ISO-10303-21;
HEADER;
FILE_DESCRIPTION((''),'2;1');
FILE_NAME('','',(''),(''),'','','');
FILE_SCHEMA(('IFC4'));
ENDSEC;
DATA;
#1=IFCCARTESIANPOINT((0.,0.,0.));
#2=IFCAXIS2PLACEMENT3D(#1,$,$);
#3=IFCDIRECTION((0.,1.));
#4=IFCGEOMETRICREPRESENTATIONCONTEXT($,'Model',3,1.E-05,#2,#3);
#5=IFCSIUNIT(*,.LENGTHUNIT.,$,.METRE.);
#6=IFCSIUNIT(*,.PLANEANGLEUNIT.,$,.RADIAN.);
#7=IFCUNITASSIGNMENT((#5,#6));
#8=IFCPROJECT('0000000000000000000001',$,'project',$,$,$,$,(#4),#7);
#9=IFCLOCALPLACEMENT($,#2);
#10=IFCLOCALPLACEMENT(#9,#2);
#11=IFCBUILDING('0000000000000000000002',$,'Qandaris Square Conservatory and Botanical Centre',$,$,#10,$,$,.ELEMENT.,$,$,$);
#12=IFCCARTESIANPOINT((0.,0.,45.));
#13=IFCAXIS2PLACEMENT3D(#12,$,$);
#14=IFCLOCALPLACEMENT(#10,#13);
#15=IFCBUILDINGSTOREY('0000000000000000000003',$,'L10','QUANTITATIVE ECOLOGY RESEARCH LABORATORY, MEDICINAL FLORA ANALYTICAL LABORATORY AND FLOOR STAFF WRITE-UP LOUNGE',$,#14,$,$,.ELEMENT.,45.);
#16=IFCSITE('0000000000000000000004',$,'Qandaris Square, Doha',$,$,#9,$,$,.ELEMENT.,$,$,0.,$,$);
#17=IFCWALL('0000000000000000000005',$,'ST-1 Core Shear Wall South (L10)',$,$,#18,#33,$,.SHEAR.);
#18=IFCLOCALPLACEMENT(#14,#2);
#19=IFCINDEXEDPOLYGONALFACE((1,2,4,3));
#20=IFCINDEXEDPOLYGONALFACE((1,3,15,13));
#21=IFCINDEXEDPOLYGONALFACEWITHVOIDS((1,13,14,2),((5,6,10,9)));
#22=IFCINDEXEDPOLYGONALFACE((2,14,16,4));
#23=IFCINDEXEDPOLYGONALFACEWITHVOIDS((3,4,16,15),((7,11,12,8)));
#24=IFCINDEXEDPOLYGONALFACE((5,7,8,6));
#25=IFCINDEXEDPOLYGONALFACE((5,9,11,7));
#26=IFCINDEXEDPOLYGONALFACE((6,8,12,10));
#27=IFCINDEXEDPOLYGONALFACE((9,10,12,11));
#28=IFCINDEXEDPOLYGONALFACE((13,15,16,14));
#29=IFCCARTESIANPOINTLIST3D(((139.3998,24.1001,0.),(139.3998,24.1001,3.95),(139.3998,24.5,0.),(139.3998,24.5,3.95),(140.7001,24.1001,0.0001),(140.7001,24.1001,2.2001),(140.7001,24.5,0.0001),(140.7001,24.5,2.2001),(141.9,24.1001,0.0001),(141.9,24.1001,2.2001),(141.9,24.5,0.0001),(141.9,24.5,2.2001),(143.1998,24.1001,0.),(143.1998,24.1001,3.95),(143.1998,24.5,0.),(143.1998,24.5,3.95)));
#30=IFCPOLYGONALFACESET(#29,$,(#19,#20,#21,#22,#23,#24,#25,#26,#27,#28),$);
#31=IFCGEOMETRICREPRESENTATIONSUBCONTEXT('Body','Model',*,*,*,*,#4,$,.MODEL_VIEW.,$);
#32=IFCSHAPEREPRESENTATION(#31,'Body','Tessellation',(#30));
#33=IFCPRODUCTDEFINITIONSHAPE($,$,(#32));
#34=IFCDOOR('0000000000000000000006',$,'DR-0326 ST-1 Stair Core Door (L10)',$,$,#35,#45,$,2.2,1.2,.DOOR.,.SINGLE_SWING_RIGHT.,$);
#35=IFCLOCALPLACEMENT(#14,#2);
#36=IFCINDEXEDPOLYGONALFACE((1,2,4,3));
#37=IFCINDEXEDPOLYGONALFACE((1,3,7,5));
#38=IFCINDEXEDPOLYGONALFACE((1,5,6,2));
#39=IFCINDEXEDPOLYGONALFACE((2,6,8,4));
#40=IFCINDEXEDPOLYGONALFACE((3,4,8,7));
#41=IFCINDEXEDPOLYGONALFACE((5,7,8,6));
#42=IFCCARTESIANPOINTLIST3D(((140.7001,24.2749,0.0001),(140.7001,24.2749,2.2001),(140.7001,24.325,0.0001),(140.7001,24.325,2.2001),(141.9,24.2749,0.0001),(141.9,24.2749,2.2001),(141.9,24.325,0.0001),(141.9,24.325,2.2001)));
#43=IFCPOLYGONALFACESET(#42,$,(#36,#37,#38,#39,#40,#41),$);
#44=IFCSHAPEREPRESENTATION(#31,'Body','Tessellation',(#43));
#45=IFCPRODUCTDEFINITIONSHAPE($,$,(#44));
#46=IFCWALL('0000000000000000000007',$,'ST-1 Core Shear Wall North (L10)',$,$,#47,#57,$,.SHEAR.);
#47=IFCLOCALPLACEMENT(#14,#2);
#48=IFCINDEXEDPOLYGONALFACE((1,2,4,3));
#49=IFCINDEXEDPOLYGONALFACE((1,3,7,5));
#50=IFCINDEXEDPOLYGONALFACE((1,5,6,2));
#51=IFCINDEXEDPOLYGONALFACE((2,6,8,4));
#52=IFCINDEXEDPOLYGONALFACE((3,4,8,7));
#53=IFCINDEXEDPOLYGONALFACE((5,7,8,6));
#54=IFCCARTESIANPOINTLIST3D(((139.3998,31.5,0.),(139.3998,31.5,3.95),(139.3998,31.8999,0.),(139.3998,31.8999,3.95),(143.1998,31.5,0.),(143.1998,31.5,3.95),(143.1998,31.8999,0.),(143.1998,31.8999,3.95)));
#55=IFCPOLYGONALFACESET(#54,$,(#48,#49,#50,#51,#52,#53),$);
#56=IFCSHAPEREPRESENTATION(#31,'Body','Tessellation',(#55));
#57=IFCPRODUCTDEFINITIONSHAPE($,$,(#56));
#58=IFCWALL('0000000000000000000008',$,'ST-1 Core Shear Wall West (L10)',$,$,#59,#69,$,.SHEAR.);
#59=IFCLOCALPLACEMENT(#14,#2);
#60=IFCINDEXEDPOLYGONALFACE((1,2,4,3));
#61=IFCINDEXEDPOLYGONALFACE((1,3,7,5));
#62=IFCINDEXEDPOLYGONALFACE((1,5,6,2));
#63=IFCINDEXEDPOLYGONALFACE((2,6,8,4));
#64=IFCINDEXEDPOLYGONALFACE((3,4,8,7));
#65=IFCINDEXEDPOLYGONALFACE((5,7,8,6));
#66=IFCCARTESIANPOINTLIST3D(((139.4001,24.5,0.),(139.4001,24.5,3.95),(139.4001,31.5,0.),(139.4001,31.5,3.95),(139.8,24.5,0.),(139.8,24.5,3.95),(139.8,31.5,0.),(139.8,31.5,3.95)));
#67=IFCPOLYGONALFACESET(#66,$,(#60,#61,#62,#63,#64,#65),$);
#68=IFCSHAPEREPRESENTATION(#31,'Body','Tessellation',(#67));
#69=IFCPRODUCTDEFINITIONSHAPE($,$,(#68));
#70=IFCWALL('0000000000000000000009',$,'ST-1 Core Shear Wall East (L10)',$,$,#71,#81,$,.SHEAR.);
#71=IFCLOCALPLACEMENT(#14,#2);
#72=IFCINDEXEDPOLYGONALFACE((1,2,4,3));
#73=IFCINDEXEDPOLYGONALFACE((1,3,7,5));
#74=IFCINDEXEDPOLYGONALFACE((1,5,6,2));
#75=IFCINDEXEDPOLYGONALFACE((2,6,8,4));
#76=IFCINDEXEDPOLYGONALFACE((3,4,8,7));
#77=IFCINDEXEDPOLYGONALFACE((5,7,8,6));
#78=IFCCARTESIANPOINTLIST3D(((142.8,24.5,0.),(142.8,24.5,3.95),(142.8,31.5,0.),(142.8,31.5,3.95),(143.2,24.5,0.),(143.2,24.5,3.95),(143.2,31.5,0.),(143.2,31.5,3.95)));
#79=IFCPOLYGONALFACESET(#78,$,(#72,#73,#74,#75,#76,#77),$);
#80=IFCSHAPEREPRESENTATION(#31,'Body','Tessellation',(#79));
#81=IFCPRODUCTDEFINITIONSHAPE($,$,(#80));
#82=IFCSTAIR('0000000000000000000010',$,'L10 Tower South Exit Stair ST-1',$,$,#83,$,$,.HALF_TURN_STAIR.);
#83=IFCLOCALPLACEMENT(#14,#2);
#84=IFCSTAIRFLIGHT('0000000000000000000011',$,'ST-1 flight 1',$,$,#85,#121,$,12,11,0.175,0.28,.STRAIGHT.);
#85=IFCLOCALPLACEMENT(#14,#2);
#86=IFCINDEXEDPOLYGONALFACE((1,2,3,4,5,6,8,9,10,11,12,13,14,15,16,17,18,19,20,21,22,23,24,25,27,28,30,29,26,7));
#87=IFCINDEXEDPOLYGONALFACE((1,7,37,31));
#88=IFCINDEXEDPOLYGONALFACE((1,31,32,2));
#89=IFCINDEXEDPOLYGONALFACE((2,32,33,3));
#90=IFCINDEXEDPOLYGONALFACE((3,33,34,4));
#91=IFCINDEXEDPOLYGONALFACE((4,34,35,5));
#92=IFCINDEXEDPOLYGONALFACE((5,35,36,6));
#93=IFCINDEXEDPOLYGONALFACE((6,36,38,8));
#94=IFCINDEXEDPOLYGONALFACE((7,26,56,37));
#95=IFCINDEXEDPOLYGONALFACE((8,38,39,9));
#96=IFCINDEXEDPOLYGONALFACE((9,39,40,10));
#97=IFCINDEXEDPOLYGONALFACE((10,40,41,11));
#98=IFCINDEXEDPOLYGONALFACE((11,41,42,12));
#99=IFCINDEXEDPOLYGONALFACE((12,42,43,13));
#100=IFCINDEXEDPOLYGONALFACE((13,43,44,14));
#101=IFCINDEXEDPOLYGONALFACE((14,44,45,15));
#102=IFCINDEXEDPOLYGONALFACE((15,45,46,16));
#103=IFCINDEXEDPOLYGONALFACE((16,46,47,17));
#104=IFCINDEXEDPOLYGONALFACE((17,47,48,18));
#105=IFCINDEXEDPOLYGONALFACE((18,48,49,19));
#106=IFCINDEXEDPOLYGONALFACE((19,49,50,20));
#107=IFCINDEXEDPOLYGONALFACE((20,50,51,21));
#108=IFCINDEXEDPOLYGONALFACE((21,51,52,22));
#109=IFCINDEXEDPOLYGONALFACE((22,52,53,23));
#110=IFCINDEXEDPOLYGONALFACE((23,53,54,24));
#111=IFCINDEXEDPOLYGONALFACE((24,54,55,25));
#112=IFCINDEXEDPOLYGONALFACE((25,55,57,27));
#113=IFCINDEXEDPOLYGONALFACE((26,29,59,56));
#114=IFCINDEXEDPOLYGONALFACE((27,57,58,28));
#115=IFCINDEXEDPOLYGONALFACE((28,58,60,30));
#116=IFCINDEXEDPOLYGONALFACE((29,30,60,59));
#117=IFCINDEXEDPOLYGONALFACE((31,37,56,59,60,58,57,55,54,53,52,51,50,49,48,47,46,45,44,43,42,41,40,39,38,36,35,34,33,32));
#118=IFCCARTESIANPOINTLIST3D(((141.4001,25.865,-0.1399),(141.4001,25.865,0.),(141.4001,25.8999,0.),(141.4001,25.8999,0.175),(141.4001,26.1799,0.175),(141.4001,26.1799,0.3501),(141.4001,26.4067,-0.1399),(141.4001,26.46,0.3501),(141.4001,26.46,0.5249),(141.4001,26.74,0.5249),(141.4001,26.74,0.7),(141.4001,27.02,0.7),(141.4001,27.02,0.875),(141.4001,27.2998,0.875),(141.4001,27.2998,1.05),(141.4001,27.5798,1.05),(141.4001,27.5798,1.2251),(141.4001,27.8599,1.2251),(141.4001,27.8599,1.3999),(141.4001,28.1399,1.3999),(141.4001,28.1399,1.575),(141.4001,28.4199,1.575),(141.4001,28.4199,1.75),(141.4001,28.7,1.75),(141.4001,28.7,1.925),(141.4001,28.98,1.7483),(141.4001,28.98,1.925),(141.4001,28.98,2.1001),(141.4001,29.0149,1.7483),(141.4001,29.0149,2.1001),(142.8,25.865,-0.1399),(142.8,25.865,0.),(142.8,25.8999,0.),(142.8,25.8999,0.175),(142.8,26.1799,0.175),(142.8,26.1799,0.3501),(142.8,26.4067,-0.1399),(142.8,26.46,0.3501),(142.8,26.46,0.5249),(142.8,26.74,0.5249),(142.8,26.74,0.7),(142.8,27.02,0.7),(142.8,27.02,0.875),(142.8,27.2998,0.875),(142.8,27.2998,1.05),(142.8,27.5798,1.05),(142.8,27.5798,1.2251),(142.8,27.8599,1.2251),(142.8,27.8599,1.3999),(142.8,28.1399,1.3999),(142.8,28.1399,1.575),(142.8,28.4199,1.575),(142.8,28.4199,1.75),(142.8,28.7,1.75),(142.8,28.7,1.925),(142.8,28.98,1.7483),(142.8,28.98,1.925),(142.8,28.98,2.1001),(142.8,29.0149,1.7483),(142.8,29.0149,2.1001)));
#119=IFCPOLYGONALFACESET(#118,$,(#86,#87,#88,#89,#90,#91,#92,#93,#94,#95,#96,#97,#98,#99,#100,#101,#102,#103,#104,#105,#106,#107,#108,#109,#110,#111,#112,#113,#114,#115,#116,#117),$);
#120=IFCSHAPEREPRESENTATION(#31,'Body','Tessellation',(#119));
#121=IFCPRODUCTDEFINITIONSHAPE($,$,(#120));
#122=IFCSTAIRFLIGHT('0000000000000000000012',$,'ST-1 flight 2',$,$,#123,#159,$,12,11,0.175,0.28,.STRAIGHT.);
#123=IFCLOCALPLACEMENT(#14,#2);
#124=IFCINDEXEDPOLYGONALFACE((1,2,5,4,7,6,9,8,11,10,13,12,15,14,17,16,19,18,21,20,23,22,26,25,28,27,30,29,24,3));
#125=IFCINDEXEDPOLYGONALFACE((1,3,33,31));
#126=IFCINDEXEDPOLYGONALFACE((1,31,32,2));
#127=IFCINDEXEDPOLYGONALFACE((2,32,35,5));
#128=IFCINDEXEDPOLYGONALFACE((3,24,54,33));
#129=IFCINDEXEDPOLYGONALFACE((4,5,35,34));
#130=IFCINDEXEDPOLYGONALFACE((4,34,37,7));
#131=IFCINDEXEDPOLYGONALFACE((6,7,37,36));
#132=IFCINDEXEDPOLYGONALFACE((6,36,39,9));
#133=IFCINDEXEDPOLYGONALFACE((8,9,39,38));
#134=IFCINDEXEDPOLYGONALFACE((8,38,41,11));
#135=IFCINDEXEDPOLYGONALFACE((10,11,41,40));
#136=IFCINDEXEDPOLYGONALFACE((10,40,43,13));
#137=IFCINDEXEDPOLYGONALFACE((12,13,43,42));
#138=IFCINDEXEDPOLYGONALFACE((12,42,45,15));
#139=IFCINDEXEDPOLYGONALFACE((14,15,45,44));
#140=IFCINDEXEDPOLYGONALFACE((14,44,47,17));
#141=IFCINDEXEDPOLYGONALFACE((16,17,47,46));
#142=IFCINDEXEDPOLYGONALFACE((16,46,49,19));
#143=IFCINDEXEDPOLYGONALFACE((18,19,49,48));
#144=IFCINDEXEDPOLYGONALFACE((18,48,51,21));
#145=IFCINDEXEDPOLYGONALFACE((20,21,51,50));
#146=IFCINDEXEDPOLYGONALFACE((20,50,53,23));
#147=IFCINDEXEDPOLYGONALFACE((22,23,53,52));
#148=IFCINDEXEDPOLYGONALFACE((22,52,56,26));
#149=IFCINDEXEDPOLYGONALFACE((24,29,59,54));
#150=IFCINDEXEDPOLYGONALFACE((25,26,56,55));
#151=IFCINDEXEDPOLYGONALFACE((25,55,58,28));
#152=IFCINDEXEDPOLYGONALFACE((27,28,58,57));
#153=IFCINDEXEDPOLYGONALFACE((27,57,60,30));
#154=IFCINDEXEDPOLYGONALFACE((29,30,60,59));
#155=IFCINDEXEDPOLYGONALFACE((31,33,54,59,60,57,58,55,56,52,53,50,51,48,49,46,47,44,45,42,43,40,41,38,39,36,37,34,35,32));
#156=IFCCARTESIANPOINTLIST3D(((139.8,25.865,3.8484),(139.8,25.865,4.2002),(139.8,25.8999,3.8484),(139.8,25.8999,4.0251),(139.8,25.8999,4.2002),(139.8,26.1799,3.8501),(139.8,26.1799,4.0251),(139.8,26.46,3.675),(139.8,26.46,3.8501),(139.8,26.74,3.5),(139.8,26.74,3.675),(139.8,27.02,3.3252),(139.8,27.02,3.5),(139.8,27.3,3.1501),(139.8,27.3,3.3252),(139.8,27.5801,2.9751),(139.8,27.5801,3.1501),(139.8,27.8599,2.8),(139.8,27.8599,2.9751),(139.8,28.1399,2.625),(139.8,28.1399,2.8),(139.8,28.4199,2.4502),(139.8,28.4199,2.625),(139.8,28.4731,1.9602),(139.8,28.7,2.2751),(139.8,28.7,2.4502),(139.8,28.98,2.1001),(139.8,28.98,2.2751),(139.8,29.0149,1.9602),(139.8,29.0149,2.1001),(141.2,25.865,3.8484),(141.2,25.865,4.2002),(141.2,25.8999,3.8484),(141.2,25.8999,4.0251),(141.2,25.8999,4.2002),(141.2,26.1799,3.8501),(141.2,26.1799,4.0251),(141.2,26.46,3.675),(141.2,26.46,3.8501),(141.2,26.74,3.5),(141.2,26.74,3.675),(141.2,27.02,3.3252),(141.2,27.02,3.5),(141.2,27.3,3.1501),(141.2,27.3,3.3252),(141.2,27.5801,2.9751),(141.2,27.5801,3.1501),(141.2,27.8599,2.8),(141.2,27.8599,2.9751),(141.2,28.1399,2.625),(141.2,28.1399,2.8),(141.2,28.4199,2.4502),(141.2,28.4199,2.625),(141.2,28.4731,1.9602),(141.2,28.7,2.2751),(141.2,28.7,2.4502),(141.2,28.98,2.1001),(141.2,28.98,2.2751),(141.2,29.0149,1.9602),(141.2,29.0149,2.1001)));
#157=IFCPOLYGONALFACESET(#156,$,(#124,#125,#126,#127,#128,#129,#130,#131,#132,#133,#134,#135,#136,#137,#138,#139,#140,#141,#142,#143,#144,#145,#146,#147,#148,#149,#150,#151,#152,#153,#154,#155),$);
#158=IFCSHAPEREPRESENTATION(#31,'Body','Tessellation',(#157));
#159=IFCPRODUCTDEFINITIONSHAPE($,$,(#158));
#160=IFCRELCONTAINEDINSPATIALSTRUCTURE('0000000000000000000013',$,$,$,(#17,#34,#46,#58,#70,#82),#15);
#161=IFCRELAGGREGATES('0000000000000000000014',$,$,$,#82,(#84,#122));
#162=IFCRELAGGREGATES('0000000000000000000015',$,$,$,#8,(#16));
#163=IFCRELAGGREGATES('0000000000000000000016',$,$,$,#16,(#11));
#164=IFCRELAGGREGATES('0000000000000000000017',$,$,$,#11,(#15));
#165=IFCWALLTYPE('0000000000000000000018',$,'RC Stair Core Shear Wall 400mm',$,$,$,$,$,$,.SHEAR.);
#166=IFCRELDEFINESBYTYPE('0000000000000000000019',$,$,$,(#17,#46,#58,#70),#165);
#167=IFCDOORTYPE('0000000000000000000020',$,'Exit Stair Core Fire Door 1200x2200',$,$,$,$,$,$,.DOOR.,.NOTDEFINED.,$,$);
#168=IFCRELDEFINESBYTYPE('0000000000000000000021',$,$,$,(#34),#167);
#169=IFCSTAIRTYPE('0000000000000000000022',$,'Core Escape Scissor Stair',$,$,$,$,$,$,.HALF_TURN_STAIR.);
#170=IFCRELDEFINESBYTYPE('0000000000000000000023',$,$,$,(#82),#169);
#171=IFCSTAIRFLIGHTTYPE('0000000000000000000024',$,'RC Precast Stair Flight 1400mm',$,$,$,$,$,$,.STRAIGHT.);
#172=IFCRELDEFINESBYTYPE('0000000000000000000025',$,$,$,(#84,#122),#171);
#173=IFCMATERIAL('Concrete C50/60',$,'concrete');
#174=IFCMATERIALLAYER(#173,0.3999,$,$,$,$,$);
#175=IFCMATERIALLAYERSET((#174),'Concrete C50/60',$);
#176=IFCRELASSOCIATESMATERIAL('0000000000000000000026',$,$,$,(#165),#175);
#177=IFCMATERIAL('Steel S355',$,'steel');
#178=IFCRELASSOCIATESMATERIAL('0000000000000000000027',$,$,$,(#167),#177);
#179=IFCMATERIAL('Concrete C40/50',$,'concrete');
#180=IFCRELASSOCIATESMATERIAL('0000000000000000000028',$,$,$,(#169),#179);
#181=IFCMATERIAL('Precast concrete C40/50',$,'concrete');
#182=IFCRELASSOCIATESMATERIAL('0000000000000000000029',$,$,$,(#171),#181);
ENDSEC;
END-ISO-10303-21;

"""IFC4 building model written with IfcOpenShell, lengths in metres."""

from ifc_helpers import new_model, si_unit, direction, frame, frame_2d, origin, place, context, subcontext, project, spatial, polyline, rectangle, outline, extrude, material, layer, layer_set, type_object, element, fill, aggregate, save


model = new_model("IFC4")

# Units and contexts
model_context = context("Model", 3, precision=1e-05, world=origin(), true_north=direction((0.0, 1.0)))
body_context = subcontext(model_context, "Body", "Model", "MODEL_VIEW")
ifc_project = project(units=[si_unit("LENGTHUNIT", "METRE"), si_unit("PLANEANGLEUNIT", "RADIAN")], contexts=[model_context])

# Site, building, storey
site_placement = place(None, origin())
site = spatial("IfcSite", under=ifc_project, at=site_placement, Name="Qandaris Square, Doha", CompositionType="ELEMENT", RefElevation=0.0)
building_placement = place(site_placement, origin())
building = spatial("IfcBuilding", under=site, at=building_placement, Name="Qandaris Square Conservatory and Botanical Centre", CompositionType="ELEMENT")
storey_placement = place(building_placement, frame((0.0, 0.0, 45.0)))
storey = spatial("IfcBuildingStorey", under=building, at=storey_placement, Name="L10", Description="QUANTITATIVE ECOLOGY RESEARCH LABORATORY, MEDICINAL FLORA ANALYTICAL LABORATORY AND FLOOR STAFF WRITE-UP LOUNGE", CompositionType="ELEMENT", Elevation=45.0)

# Shared definitions
ifc_material_1 = material(Name="Concrete C50/60", Category="concrete")

# Shared definitions
ifc_material_2 = material(Name="Steel S355", Category="steel")

# Shared definitions
ifc_material_3 = material(Name="Precast concrete C40/50", Category="concrete")

# Shared definitions
ifc_material_4 = material(Name="Concrete C40/50", Category="concrete")

# Wall, opening, door
ifc_layer_1 = layer(ifc_material_1, 0.3999)
ifc_layer_set_1 = layer_set([ifc_layer_1], Name="Concrete C50/60")
wall_type_1 = type_object("IfcWallType", Name="RC Stair Core Shear Wall 400mm", PredefinedType="SHEAR", material=ifc_layer_set_1)
wall_1_placement = place(storey_placement, frame((139.3999, 24.3, 0.0), z_axis=(0.0, 0.0, 1.0), x_axis=(1.0, 0.0, 0.0)))
wall_1 = element("IfcWall", 1, at=wall_1_placement, inside=storey, type_object=wall_type_1, Name="ST-1 Core Shear Wall South (L10)", PredefinedType="SHEAR", context=body_context, shape_type="SweptSolid", body=[
    extrude(rectangle(XDim=3.8, YDim=0.3999, at=frame_2d((1.8999, 0.0))), origin(), (0.0, 0.0, 1.0), 3.95),
])
opening_1_placement = place(wall_1_placement, frame((1.3, 0.0, 0.0)))
opening_1 = element("IfcOpeningElement", 2, at=opening_1_placement, cuts=wall_1, PredefinedType="OPENING", context=body_context, shape_type="SweptSolid", body=[
    extrude(rectangle(XDim=1.2, YDim=2.2, at=frame_2d((0.6001, 1.1001))), frame((0.0, 0.2119, 0.0), z_axis=(0.0, -1.0, 0.0), x_axis=(1.0, 0.0, 0.0)), (0.0, 0.0, 1.0), 0.4238),
])
door_type_1 = type_object("IfcDoorType", Name="Exit Stair Core Fire Door 1200x2200", OperationType="NOTDEFINED", PredefinedType="DOOR", material=ifc_material_2)
door_1_placement = place(opening_1_placement, origin())
door_1 = element("IfcDoor", 3, at=door_1_placement, inside=storey, type_object=door_type_1, Name="DR-0326 ST-1 Stair Core Door (L10)", OperationType="SINGLE_SWING_RIGHT", OverallHeight=2.2, OverallWidth=1.2, PredefinedType="DOOR", context=body_context, shape_type="SweptSolid", body=[
    extrude(rectangle(XDim=1.2, YDim=2.2, at=frame_2d((0.6001, 1.1001))), frame((0.0, 0.0249, 0.0), z_axis=(0.0, -1.0, 0.0), x_axis=(1.0, 0.0, 0.0)), (0.0, 0.0, 1.0), 0.05),
])
fill(opening_1, door_1)

# Walls
wall_2_placement = place(storey_placement, frame((139.3999, 31.7, 0.0), z_axis=(0.0, 0.0, 1.0), x_axis=(1.0, 0.0, 0.0)))
element("IfcWall", 4, at=wall_2_placement, inside=storey, type_object=wall_type_1, Name="ST-1 Core Shear Wall North (L10)", PredefinedType="SHEAR", context=body_context, shape_type="SweptSolid", body=[
    extrude(rectangle(XDim=3.8, YDim=0.3999, at=frame_2d((1.8999, 0.0))), origin(), (0.0, 0.0, 1.0), 3.95),
])
for number, where, z_axis, x_axis, name in (
    (5, (139.6001, 24.5, 0.0), (0.0, 0.0, 1.0), (0.0, 1.0, 0.0), "ST-1 Core Shear Wall West (L10)"),
    (6, (143.0, 24.5, 0.0), (0.0, 0.0, 1.0), (0.0, 1.0, 0.0), "ST-1 Core Shear Wall East (L10)"),
):
    element("IfcWall", number, at=place(storey_placement, frame(where, z_axis=z_axis, x_axis=x_axis)), inside=storey, type_object=wall_type_1, Name=name, PredefinedType="SHEAR", context=body_context, shape_type="SweptSolid", body=[
        extrude(rectangle(XDim=7.0, YDim=0.3999, at=frame_2d((3.5, 0.0))), origin(), (0.0, 0.0, 1.0), 3.95),
    ])

# Stair, stair flights
stair_type = type_object("IfcStairType", Name="Core Escape Scissor Stair", PredefinedType="HALF_TURN_STAIR", material=ifc_material_4)
stair_placement = place(storey_placement, origin())
stair = element("IfcStair", 7, at=stair_placement, inside=storey, type_object=stair_type, Name="L10 Tower South Exit Stair ST-1", PredefinedType="HALF_TURN_STAIR")
stair_flight_type = type_object("IfcStairFlightType", Name="RC Precast Stair Flight 1400mm", PredefinedType="STRAIGHT", material=ifc_material_3)
stair_flight_1_placement = place(storey_placement, frame((142.1001, 25.8999, 0.0), z_axis=(0.0, 0.0, 1.0), x_axis=(0.0, 1.0, 0.0)))
stair_flight_1 = element("IfcStairFlight", 8, at=stair_flight_1_placement, type_object=stair_flight_type, Name="ST-1 flight 1", NumberOfRisers=12, NumberOfTreads=11, PredefinedType="STRAIGHT", RiserHeight=0.175, TreadLength=0.28, context=body_context, shape_type="SweptSolid", body=[
    extrude(outline(polyline([(-0.0349, 0.0), (0.0, 0.0), (0.0, 0.175), (0.28, 0.175), (0.28, 0.3501), (0.5601, 0.3501), (0.5601, 0.5249), (0.8401, 0.5249), (0.8401, 0.7), (1.1201, 0.7), (1.1201, 0.875), (1.3999, 0.875), (1.3999, 1.05), (1.6799, 1.05), (1.6799, 1.2251), (1.96, 1.2251), (1.96, 1.3999), (2.24, 1.3999), (2.24, 1.575), (2.52, 1.575), (2.52, 1.75), (2.8, 1.75), (2.8, 1.925), (3.0801, 1.925), (3.0801, 2.1001), (3.115, 2.1001), (3.115, 1.7483), (3.0801, 1.7483), (0.5068, -0.1399), (-0.0349, -0.1399), (-0.0349, 0.0)])), frame((0.0, 0.7, 0.0), z_axis=(0.0, -1.0, 0.0), x_axis=(1.0, 0.0, 0.0)), (0.0, 0.0, 1.0), 1.3999),
])
stair_flight_2_placement = place(storey_placement, frame((140.5, 28.98, 2.1001), z_axis=(0.0, 0.0, 1.0), x_axis=(0.0, -1.0, 0.0)))
stair_flight_2 = element("IfcStairFlight", 9, at=stair_flight_2_placement, type_object=stair_flight_type, Name="ST-1 flight 2", NumberOfRisers=12, NumberOfTreads=11, PredefinedType="STRAIGHT", RiserHeight=0.175, TreadLength=0.28, context=body_context, shape_type="SweptSolid", body=[
    extrude(outline(polyline([(-0.0349, 0.0), (0.0, 0.0), (0.0, 0.175), (0.28, 0.175), (0.28, 0.3501), (0.5601, 0.3501), (0.5601, 0.5249), (0.8401, 0.5249), (0.8401, 0.7), (1.1201, 0.7), (1.1201, 0.875), (1.3999, 0.875), (1.3999, 1.05), (1.6799, 1.05), (1.6799, 1.2251), (1.96, 1.2251), (1.96, 1.3999), (2.24, 1.3999), (2.24, 1.575), (2.52, 1.575), (2.52, 1.75), (2.8, 1.75), (2.8, 1.925), (3.0801, 1.925), (3.0801, 2.1001), (3.115, 2.1001), (3.115, 1.7483), (3.0801, 1.7483), (0.5068, -0.1399), (-0.0349, -0.1399), (-0.0349, 0.0)])), frame((0.0, 0.7, 0.0), z_axis=(0.0, -1.0, 0.0), x_axis=(1.0, 0.0, 0.0)), (0.0, 0.0, 1.0), 1.3999),
])
aggregate(stair, [stair_flight_1, stair_flight_2])

save(model, "model.ifc")
